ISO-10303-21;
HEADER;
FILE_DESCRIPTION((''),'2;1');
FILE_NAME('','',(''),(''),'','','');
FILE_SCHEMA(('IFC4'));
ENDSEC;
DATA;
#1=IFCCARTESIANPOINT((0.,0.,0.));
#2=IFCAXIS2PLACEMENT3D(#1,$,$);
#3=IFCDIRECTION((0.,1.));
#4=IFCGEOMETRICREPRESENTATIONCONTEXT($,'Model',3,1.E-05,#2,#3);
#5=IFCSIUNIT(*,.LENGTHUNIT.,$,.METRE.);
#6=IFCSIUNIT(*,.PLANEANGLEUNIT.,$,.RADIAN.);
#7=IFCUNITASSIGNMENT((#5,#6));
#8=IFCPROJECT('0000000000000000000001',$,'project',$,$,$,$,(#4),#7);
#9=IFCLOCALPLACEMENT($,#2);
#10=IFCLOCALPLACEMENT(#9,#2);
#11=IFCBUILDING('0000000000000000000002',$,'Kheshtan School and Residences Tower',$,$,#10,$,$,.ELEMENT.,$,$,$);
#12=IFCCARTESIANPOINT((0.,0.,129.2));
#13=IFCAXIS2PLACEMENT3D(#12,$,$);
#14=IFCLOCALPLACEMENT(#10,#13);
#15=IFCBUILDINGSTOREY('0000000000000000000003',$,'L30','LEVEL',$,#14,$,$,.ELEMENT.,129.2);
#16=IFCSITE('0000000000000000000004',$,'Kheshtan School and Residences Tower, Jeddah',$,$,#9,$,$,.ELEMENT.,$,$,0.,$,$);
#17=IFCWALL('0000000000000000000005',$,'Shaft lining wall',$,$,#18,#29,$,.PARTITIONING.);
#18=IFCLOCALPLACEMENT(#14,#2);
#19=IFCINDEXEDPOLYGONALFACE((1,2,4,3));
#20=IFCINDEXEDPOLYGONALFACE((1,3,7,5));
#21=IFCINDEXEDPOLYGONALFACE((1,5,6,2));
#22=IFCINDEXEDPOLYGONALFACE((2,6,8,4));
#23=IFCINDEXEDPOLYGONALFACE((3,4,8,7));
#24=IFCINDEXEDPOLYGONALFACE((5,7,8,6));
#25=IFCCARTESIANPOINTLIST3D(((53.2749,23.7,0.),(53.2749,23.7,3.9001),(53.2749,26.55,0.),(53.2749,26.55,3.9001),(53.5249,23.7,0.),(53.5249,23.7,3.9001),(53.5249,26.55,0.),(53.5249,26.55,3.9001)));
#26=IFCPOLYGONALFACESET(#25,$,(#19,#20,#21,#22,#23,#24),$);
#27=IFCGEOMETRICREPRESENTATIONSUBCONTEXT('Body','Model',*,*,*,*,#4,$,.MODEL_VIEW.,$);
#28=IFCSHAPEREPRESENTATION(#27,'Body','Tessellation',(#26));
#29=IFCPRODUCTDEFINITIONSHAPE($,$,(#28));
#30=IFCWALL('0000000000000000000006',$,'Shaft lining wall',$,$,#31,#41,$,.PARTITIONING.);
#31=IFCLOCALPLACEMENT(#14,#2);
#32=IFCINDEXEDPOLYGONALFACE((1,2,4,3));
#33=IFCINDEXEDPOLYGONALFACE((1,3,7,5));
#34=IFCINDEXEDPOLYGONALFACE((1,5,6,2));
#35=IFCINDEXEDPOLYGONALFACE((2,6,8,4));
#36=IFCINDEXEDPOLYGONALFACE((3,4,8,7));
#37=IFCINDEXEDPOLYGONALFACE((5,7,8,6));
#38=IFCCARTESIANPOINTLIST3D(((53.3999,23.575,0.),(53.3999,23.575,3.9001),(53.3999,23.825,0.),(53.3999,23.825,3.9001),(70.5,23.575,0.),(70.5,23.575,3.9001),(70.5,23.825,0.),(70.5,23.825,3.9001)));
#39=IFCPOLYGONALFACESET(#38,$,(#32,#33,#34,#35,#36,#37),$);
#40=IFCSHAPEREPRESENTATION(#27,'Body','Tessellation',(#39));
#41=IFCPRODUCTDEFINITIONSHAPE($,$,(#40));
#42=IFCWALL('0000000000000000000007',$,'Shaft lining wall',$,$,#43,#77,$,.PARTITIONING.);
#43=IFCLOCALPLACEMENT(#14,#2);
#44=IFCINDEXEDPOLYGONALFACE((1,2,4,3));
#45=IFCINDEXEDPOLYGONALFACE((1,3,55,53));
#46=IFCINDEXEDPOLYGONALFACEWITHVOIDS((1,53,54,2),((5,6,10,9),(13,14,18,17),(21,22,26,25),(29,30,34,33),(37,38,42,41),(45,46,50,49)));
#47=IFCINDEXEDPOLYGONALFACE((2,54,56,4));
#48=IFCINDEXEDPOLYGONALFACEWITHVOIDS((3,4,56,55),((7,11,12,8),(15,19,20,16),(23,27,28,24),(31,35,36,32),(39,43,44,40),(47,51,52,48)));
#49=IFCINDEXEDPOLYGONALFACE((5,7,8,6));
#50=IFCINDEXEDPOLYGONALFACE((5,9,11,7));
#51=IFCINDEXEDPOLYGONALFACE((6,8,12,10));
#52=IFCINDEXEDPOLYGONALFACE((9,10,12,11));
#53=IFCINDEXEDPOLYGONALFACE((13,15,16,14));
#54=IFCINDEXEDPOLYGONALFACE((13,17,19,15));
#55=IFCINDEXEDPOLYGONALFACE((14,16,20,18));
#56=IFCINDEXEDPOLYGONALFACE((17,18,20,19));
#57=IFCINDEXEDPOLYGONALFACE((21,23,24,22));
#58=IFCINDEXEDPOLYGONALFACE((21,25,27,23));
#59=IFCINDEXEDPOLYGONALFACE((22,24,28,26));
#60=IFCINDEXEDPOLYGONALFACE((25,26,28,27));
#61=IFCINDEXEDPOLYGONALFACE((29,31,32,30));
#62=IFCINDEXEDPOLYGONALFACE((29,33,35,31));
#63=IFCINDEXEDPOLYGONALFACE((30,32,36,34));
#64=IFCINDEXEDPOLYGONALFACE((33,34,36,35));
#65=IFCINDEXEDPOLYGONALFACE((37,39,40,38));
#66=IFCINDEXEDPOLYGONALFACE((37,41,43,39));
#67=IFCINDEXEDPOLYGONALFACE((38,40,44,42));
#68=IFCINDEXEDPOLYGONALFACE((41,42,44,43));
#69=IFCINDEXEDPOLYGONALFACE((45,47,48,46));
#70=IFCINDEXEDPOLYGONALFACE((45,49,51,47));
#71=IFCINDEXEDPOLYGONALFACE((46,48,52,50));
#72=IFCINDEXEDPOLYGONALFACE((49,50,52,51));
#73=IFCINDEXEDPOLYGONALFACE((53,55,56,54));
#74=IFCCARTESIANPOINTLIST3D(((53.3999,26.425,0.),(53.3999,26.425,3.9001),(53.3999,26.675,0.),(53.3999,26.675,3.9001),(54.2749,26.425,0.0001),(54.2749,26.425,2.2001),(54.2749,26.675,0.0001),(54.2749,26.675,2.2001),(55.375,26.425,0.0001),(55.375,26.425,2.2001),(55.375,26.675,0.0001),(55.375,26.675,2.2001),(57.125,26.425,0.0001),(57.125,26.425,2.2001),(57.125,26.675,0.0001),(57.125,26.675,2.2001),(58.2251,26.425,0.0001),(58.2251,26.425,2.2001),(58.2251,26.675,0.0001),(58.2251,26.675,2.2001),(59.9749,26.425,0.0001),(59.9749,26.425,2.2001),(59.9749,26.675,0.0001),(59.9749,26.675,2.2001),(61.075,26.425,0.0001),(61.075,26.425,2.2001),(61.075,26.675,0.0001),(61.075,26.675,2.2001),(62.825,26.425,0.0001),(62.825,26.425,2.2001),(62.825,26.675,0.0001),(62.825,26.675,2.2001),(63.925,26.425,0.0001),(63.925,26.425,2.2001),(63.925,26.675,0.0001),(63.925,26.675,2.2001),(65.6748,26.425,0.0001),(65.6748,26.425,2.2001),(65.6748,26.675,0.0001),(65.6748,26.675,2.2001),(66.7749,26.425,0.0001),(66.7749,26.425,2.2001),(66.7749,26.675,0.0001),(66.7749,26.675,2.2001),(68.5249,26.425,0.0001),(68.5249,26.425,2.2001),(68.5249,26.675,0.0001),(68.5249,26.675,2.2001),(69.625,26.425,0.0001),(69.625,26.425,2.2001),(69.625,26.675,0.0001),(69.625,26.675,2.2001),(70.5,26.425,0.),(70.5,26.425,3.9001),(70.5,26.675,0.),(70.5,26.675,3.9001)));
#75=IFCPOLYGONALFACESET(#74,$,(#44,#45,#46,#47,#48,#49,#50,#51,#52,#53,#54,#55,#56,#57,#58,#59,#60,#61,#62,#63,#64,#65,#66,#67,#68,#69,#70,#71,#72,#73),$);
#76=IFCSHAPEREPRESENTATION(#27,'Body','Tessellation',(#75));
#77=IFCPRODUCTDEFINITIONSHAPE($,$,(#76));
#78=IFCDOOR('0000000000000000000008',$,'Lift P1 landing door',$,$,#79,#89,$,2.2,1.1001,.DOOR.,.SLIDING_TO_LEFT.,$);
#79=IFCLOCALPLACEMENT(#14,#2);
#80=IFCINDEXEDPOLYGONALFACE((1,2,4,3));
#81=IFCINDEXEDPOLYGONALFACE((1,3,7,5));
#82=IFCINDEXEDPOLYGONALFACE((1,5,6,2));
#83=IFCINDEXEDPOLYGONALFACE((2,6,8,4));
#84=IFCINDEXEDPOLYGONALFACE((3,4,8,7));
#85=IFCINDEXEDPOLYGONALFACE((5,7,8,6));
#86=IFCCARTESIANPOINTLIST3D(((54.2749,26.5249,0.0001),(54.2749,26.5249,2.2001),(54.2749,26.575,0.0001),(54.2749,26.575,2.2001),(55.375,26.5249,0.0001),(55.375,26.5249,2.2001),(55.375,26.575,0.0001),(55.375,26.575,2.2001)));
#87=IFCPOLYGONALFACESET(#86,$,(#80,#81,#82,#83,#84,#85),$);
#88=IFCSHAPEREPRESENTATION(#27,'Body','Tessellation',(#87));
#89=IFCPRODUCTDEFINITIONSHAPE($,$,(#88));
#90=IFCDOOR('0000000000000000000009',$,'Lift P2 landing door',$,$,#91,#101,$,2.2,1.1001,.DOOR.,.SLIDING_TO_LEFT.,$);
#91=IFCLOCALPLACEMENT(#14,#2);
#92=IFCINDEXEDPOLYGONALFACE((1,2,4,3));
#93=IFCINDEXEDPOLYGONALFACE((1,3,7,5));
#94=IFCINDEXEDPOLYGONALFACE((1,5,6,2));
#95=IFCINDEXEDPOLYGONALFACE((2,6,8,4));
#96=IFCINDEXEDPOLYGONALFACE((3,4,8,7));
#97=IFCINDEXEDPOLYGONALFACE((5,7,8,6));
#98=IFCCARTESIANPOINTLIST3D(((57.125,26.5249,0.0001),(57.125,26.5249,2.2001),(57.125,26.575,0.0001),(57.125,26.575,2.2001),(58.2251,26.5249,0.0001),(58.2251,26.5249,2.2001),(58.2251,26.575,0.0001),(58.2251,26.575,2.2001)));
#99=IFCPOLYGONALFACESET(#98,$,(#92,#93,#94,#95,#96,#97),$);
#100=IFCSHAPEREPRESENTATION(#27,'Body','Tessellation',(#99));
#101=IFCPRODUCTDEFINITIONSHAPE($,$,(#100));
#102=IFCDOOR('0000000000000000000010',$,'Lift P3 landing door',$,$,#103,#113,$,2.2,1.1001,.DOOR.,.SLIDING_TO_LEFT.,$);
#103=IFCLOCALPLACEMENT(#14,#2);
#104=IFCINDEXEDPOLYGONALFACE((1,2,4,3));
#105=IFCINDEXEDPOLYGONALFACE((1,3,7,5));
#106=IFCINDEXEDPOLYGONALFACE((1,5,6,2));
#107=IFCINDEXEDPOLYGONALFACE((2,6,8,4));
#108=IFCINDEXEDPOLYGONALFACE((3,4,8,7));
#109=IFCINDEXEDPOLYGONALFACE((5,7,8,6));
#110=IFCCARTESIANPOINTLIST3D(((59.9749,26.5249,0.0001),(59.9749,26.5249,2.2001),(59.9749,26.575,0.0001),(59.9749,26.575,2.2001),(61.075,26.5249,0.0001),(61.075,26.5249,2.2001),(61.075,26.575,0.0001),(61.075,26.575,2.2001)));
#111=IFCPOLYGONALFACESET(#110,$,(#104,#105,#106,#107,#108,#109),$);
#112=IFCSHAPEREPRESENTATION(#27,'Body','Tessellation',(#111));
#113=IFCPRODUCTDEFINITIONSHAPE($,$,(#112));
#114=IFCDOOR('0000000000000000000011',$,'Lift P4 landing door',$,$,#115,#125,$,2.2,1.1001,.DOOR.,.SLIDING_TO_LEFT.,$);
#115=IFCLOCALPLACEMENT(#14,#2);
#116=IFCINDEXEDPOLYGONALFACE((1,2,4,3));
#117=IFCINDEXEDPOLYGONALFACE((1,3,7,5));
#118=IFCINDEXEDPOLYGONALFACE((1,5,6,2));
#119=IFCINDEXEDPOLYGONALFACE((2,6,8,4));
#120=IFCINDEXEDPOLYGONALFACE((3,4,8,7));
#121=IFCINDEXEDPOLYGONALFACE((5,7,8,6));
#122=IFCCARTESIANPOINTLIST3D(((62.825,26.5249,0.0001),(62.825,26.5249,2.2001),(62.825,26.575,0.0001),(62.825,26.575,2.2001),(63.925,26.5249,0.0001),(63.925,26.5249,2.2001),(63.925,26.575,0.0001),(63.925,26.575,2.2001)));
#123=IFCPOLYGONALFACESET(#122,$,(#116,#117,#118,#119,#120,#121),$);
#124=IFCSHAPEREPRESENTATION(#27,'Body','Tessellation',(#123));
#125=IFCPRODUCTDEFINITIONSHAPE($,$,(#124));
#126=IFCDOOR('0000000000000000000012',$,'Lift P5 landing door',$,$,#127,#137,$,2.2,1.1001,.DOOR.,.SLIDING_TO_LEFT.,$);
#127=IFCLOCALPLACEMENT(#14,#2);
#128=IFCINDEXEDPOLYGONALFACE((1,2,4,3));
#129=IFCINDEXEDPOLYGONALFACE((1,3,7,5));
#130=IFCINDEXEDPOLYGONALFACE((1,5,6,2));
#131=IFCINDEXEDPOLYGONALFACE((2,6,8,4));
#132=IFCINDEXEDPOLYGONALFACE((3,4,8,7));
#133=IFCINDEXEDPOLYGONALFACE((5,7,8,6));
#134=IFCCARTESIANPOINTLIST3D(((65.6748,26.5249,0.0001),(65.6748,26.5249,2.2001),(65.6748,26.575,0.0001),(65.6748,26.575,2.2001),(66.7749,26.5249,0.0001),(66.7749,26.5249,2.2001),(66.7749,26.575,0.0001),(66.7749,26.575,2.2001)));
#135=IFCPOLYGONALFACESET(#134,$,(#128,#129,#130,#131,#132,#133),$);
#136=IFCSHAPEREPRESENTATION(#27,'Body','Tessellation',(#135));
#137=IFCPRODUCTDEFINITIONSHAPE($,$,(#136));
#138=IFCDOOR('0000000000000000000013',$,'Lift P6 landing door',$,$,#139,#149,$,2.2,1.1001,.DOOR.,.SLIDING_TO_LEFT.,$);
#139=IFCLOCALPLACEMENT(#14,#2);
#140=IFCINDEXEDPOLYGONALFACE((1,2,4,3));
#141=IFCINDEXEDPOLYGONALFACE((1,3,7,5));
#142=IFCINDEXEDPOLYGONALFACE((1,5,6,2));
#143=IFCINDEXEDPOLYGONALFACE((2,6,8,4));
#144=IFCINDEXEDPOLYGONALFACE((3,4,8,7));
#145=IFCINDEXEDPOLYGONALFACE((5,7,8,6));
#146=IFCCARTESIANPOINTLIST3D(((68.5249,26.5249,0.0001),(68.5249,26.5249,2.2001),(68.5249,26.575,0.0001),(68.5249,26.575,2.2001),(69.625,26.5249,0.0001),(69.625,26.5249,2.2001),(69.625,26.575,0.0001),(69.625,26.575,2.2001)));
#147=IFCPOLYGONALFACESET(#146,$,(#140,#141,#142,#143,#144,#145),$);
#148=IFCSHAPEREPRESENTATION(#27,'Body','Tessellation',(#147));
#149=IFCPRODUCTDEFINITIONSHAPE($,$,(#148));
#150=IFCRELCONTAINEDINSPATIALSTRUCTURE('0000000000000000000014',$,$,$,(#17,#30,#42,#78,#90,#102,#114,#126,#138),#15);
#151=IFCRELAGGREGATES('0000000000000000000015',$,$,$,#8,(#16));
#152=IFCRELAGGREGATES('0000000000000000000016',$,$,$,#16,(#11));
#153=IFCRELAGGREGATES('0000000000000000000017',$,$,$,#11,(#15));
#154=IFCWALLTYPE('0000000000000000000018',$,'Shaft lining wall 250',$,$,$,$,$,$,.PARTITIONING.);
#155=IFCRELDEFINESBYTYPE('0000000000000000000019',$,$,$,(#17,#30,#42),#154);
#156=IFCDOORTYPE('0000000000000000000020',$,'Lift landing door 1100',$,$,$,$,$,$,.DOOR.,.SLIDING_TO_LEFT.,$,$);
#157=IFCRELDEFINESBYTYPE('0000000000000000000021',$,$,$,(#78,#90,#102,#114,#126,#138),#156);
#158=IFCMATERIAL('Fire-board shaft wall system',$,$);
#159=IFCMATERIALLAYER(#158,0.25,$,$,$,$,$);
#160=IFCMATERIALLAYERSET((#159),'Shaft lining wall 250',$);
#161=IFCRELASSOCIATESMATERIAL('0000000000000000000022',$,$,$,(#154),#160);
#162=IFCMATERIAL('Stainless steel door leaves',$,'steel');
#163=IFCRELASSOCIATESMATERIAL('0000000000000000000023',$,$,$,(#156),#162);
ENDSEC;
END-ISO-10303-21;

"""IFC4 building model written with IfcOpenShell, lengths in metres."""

from ifc_helpers import new_model, si_unit, direction, frame, frame_2d, origin, place, context, subcontext, project, spatial, rectangle, extrude, source, transform, mapped, material, layer, layer_set, type_object, element, fill, save


model = new_model("IFC4")

# Units and contexts
model_context = context("Model", 3, precision=1e-05, world=origin(), true_north=direction((0.0, 1.0)))
body_context = subcontext(model_context, "Body", "Model", "MODEL_VIEW")
ifc_project = project(units=[si_unit("LENGTHUNIT", "METRE"), si_unit("PLANEANGLEUNIT", "RADIAN")], contexts=[model_context])

# Site, building, storey
site_placement = place(None, origin())
site = spatial("IfcSite", under=ifc_project, at=site_placement, Name="Kheshtan School and Residences Tower, Jeddah", CompositionType="ELEMENT", RefElevation=0.0)
building_placement = place(site_placement, origin())
building = spatial("IfcBuilding", under=site, at=building_placement, Name="Kheshtan School and Residences Tower", CompositionType="ELEMENT")
storey_placement = place(building_placement, frame((0.0, 0.0, 129.2)))
storey = spatial("IfcBuildingStorey", under=building, at=storey_placement, Name="L30", Description="LEVEL", CompositionType="ELEMENT", Elevation=129.2)

# Walls
ifc_material_1 = material(Name="Fire-board shaft wall system")
ifc_layer_1 = layer(ifc_material_1, 0.25)
ifc_layer_set_1 = layer_set([ifc_layer_1], Name="Shaft lining wall 250")
wall_type_1 = type_object("IfcWallType", Name="Shaft lining wall 250", PredefinedType="PARTITIONING", material=ifc_layer_set_1)
wall_1_placement = place(storey_placement, frame((53.3999, 23.7, 0.0), z_axis=(0.0, 0.0, 1.0), x_axis=(0.0, 1.0, 0.0)))
element("IfcWall", 1, at=wall_1_placement, inside=storey, type_object=wall_type_1, Name="Shaft lining wall", PredefinedType="PARTITIONING", context=body_context, shape_type="SweptSolid", body=[
    extrude(rectangle(XDim=2.8501, YDim=0.25, at=frame_2d((1.425, 0.0))), origin(), (0.0, 0.0, 1.0), 3.9001),
])
wall_2_placement = place(storey_placement, frame((53.3999, 23.7, 0.0), z_axis=(0.0, 0.0, 1.0), x_axis=(1.0, 0.0, 0.0)))
element("IfcWall", 2, at=wall_2_placement, inside=storey, type_object=wall_type_1, Name="Shaft lining wall", PredefinedType="PARTITIONING", context=body_context, shape_type="SweptSolid", body=[
    extrude(rectangle(XDim=17.1001, YDim=0.25, at=frame_2d((8.55, 0.0))), origin(), (0.0, 0.0, 1.0), 3.9001),
])

# Wall, openings, doors
wall_3_placement = place(storey_placement, frame((53.3999, 26.55, 0.0), z_axis=(0.0, 0.0, 1.0), x_axis=(1.0, 0.0, 0.0)))
wall_3 = element("IfcWall", 3, at=wall_3_placement, inside=storey, type_object=wall_type_1, Name="Shaft lining wall", PredefinedType="PARTITIONING", context=body_context, shape_type="SweptSolid", body=[
    extrude(rectangle(XDim=17.1001, YDim=0.25, at=frame_2d((8.55, 0.0))), origin(), (0.0, 0.0, 1.0), 3.9001),
])
opening_1_placement = place(wall_3_placement, frame((0.875, 0.0, 0.0)))
opening_1 = element("IfcOpeningElement", 4, at=opening_1_placement, cuts=wall_3, PredefinedType="OPENING", context=body_context, shape_type="SweptSolid", body=[
    extrude(rectangle(XDim=1.1001, YDim=2.2, at=frame_2d((0.55, 1.1001))), frame((0.0, 0.135, 0.0), z_axis=(0.0, -1.0, 0.0), x_axis=(1.0, 0.0, 0.0)), (0.0, 0.0, 1.0), 0.27),
])
opening_2_placement = place(wall_3_placement, frame((3.7251, 0.0, 0.0)))
opening_2 = element("IfcOpeningElement", 5, at=opening_2_placement, cuts=wall_3, PredefinedType="OPENING", context=body_context, shape_type="SweptSolid", body=[
    extrude(rectangle(XDim=1.1001, YDim=2.2, at=frame_2d((0.55, 1.1001))), frame((0.0, 0.135, 0.0), z_axis=(0.0, -1.0, 0.0), x_axis=(1.0, 0.0, 0.0)), (0.0, 0.0, 1.0), 0.27),
])
opening_3_placement = place(wall_3_placement, frame((6.575, 0.0, 0.0)))
opening_3 = element("IfcOpeningElement", 6, at=opening_3_placement, cuts=wall_3, PredefinedType="OPENING", context=body_context, shape_type="SweptSolid", body=[
    extrude(rectangle(XDim=1.1001, YDim=2.2, at=frame_2d((0.55, 1.1001))), frame((0.0, 0.135, 0.0), z_axis=(0.0, -1.0, 0.0), x_axis=(1.0, 0.0, 0.0)), (0.0, 0.0, 1.0), 0.27),
])
opening_4_placement = place(wall_3_placement, frame((9.425, 0.0, 0.0)))
opening_4 = element("IfcOpeningElement", 7, at=opening_4_placement, cuts=wall_3, PredefinedType="OPENING", context=body_context, shape_type="SweptSolid", body=[
    extrude(rectangle(XDim=1.1001, YDim=2.2, at=frame_2d((0.55, 1.1001))), frame((0.0, 0.135, 0.0), z_axis=(0.0, -1.0, 0.0), x_axis=(1.0, 0.0, 0.0)), (0.0, 0.0, 1.0), 0.27),
])
opening_5_placement = place(wall_3_placement, frame((12.2749, 0.0, 0.0)))
opening_5 = element("IfcOpeningElement", 8, at=opening_5_placement, cuts=wall_3, PredefinedType="OPENING", context=body_context, shape_type="SweptSolid", body=[
    extrude(rectangle(XDim=1.1001, YDim=2.2, at=frame_2d((0.55, 1.1001))), frame((0.0, 0.135, 0.0), z_axis=(0.0, -1.0, 0.0), x_axis=(1.0, 0.0, 0.0)), (0.0, 0.0, 1.0), 0.27),
])
opening_6_placement = place(wall_3_placement, frame((15.125, 0.0, 0.0)))
opening_6 = element("IfcOpeningElement", 9, at=opening_6_placement, cuts=wall_3, PredefinedType="OPENING", context=body_context, shape_type="SweptSolid", body=[
    extrude(rectangle(XDim=1.1001, YDim=2.2, at=frame_2d((0.55, 1.1001))), frame((0.0, 0.135, 0.0), z_axis=(0.0, -1.0, 0.0), x_axis=(1.0, 0.0, 0.0)), (0.0, 0.0, 1.0), 0.27),
])
ifc_material_2 = material(Name="Stainless steel door leaves", Category="steel")
door_type_1 = type_object("IfcDoorType", Name="Lift landing door 1100", OperationType="SLIDING_TO_LEFT", PredefinedType="DOOR", material=ifc_material_2)
shared_shape_1 = source(origin(), body_context, "Body", "SweptSolid", [
    extrude(rectangle(XDim=1.1001, YDim=2.2, at=frame_2d((0.55, 1.1001))), frame((0.0, 0.0249, 0.0), z_axis=(0.0, -1.0, 0.0), x_axis=(1.0, 0.0, 0.0)), (0.0, 0.0, 1.0), 0.05),
])
door_1_placement = place(opening_1_placement, origin())
door_1 = element("IfcDoor", 10, at=door_1_placement, inside=storey, type_object=door_type_1, Name="Lift P1 landing door", OperationType="SLIDING_TO_LEFT", OverallHeight=2.2, OverallWidth=1.1001, PredefinedType="DOOR", context=body_context, shape_type="MappedRepresentation", body=[
    mapped(shared_shape_1, transform((0.0, 0.0, 0.0), x_axis=(1.0, 0.0, 0.0), y_axis=(0.0, 1.0, 0.0), z_axis=(0.0, 0.0, 1.0), scale=1.0)),
])
fill(opening_1, door_1)
door_2_placement = place(opening_2_placement, origin())
door_2 = element("IfcDoor", 11, at=door_2_placement, inside=storey, type_object=door_type_1, Name="Lift P2 landing door", OperationType="SLIDING_TO_LEFT", OverallHeight=2.2, OverallWidth=1.1001, PredefinedType="DOOR", context=body_context, shape_type="MappedRepresentation", body=[
    mapped(shared_shape_1, transform((0.0, 0.0, 0.0), x_axis=(1.0, 0.0, 0.0), y_axis=(0.0, 1.0, 0.0), z_axis=(0.0, 0.0, 1.0), scale=1.0)),
])
fill(opening_2, door_2)
door_3_placement = place(opening_3_placement, origin())
door_3 = element("IfcDoor", 12, at=door_3_placement, inside=storey, type_object=door_type_1, Name="Lift P3 landing door", OperationType="SLIDING_TO_LEFT", OverallHeight=2.2, OverallWidth=1.1001, PredefinedType="DOOR", context=body_context, shape_type="MappedRepresentation", body=[
    mapped(shared_shape_1, transform((0.0, 0.0, 0.0), x_axis=(1.0, 0.0, 0.0), y_axis=(0.0, 1.0, 0.0), z_axis=(0.0, 0.0, 1.0), scale=1.0)),
])
fill(opening_3, door_3)
door_4_placement = place(opening_4_placement, origin())
door_4 = element("IfcDoor", 13, at=door_4_placement, inside=storey, type_object=door_type_1, Name="Lift P4 landing door", OperationType="SLIDING_TO_LEFT", OverallHeight=2.2, OverallWidth=1.1001, PredefinedType="DOOR", context=body_context, shape_type="MappedRepresentation", body=[
    mapped(shared_shape_1, transform((0.0, 0.0, 0.0), x_axis=(1.0, 0.0, 0.0), y_axis=(0.0, 1.0, 0.0), z_axis=(0.0, 0.0, 1.0), scale=1.0)),
])
fill(opening_4, door_4)
door_5_placement = place(opening_5_placement, origin())
door_5 = element("IfcDoor", 14, at=door_5_placement, inside=storey, type_object=door_type_1, Name="Lift P5 landing door", OperationType="SLIDING_TO_LEFT", OverallHeight=2.2, OverallWidth=1.1001, PredefinedType="DOOR", context=body_context, shape_type="MappedRepresentation", body=[
    mapped(shared_shape_1, transform((0.0, 0.0, 0.0), x_axis=(1.0, 0.0, 0.0), y_axis=(0.0, 1.0, 0.0), z_axis=(0.0, 0.0, 1.0), scale=1.0)),
])
fill(opening_5, door_5)
door_6_placement = place(opening_6_placement, origin())
door_6 = element("IfcDoor", 15, at=door_6_placement, inside=storey, type_object=door_type_1, Name="Lift P6 landing door", OperationType="SLIDING_TO_LEFT", OverallHeight=2.2, OverallWidth=1.1001, PredefinedType="DOOR", context=body_context, shape_type="MappedRepresentation", body=[
    mapped(shared_shape_1, transform((0.0, 0.0, 0.0), x_axis=(1.0, 0.0, 0.0), y_axis=(0.0, 1.0, 0.0), z_axis=(0.0, 0.0, 1.0), scale=1.0)),
])
fill(opening_6, door_6)

save(model, "model.ifc")
